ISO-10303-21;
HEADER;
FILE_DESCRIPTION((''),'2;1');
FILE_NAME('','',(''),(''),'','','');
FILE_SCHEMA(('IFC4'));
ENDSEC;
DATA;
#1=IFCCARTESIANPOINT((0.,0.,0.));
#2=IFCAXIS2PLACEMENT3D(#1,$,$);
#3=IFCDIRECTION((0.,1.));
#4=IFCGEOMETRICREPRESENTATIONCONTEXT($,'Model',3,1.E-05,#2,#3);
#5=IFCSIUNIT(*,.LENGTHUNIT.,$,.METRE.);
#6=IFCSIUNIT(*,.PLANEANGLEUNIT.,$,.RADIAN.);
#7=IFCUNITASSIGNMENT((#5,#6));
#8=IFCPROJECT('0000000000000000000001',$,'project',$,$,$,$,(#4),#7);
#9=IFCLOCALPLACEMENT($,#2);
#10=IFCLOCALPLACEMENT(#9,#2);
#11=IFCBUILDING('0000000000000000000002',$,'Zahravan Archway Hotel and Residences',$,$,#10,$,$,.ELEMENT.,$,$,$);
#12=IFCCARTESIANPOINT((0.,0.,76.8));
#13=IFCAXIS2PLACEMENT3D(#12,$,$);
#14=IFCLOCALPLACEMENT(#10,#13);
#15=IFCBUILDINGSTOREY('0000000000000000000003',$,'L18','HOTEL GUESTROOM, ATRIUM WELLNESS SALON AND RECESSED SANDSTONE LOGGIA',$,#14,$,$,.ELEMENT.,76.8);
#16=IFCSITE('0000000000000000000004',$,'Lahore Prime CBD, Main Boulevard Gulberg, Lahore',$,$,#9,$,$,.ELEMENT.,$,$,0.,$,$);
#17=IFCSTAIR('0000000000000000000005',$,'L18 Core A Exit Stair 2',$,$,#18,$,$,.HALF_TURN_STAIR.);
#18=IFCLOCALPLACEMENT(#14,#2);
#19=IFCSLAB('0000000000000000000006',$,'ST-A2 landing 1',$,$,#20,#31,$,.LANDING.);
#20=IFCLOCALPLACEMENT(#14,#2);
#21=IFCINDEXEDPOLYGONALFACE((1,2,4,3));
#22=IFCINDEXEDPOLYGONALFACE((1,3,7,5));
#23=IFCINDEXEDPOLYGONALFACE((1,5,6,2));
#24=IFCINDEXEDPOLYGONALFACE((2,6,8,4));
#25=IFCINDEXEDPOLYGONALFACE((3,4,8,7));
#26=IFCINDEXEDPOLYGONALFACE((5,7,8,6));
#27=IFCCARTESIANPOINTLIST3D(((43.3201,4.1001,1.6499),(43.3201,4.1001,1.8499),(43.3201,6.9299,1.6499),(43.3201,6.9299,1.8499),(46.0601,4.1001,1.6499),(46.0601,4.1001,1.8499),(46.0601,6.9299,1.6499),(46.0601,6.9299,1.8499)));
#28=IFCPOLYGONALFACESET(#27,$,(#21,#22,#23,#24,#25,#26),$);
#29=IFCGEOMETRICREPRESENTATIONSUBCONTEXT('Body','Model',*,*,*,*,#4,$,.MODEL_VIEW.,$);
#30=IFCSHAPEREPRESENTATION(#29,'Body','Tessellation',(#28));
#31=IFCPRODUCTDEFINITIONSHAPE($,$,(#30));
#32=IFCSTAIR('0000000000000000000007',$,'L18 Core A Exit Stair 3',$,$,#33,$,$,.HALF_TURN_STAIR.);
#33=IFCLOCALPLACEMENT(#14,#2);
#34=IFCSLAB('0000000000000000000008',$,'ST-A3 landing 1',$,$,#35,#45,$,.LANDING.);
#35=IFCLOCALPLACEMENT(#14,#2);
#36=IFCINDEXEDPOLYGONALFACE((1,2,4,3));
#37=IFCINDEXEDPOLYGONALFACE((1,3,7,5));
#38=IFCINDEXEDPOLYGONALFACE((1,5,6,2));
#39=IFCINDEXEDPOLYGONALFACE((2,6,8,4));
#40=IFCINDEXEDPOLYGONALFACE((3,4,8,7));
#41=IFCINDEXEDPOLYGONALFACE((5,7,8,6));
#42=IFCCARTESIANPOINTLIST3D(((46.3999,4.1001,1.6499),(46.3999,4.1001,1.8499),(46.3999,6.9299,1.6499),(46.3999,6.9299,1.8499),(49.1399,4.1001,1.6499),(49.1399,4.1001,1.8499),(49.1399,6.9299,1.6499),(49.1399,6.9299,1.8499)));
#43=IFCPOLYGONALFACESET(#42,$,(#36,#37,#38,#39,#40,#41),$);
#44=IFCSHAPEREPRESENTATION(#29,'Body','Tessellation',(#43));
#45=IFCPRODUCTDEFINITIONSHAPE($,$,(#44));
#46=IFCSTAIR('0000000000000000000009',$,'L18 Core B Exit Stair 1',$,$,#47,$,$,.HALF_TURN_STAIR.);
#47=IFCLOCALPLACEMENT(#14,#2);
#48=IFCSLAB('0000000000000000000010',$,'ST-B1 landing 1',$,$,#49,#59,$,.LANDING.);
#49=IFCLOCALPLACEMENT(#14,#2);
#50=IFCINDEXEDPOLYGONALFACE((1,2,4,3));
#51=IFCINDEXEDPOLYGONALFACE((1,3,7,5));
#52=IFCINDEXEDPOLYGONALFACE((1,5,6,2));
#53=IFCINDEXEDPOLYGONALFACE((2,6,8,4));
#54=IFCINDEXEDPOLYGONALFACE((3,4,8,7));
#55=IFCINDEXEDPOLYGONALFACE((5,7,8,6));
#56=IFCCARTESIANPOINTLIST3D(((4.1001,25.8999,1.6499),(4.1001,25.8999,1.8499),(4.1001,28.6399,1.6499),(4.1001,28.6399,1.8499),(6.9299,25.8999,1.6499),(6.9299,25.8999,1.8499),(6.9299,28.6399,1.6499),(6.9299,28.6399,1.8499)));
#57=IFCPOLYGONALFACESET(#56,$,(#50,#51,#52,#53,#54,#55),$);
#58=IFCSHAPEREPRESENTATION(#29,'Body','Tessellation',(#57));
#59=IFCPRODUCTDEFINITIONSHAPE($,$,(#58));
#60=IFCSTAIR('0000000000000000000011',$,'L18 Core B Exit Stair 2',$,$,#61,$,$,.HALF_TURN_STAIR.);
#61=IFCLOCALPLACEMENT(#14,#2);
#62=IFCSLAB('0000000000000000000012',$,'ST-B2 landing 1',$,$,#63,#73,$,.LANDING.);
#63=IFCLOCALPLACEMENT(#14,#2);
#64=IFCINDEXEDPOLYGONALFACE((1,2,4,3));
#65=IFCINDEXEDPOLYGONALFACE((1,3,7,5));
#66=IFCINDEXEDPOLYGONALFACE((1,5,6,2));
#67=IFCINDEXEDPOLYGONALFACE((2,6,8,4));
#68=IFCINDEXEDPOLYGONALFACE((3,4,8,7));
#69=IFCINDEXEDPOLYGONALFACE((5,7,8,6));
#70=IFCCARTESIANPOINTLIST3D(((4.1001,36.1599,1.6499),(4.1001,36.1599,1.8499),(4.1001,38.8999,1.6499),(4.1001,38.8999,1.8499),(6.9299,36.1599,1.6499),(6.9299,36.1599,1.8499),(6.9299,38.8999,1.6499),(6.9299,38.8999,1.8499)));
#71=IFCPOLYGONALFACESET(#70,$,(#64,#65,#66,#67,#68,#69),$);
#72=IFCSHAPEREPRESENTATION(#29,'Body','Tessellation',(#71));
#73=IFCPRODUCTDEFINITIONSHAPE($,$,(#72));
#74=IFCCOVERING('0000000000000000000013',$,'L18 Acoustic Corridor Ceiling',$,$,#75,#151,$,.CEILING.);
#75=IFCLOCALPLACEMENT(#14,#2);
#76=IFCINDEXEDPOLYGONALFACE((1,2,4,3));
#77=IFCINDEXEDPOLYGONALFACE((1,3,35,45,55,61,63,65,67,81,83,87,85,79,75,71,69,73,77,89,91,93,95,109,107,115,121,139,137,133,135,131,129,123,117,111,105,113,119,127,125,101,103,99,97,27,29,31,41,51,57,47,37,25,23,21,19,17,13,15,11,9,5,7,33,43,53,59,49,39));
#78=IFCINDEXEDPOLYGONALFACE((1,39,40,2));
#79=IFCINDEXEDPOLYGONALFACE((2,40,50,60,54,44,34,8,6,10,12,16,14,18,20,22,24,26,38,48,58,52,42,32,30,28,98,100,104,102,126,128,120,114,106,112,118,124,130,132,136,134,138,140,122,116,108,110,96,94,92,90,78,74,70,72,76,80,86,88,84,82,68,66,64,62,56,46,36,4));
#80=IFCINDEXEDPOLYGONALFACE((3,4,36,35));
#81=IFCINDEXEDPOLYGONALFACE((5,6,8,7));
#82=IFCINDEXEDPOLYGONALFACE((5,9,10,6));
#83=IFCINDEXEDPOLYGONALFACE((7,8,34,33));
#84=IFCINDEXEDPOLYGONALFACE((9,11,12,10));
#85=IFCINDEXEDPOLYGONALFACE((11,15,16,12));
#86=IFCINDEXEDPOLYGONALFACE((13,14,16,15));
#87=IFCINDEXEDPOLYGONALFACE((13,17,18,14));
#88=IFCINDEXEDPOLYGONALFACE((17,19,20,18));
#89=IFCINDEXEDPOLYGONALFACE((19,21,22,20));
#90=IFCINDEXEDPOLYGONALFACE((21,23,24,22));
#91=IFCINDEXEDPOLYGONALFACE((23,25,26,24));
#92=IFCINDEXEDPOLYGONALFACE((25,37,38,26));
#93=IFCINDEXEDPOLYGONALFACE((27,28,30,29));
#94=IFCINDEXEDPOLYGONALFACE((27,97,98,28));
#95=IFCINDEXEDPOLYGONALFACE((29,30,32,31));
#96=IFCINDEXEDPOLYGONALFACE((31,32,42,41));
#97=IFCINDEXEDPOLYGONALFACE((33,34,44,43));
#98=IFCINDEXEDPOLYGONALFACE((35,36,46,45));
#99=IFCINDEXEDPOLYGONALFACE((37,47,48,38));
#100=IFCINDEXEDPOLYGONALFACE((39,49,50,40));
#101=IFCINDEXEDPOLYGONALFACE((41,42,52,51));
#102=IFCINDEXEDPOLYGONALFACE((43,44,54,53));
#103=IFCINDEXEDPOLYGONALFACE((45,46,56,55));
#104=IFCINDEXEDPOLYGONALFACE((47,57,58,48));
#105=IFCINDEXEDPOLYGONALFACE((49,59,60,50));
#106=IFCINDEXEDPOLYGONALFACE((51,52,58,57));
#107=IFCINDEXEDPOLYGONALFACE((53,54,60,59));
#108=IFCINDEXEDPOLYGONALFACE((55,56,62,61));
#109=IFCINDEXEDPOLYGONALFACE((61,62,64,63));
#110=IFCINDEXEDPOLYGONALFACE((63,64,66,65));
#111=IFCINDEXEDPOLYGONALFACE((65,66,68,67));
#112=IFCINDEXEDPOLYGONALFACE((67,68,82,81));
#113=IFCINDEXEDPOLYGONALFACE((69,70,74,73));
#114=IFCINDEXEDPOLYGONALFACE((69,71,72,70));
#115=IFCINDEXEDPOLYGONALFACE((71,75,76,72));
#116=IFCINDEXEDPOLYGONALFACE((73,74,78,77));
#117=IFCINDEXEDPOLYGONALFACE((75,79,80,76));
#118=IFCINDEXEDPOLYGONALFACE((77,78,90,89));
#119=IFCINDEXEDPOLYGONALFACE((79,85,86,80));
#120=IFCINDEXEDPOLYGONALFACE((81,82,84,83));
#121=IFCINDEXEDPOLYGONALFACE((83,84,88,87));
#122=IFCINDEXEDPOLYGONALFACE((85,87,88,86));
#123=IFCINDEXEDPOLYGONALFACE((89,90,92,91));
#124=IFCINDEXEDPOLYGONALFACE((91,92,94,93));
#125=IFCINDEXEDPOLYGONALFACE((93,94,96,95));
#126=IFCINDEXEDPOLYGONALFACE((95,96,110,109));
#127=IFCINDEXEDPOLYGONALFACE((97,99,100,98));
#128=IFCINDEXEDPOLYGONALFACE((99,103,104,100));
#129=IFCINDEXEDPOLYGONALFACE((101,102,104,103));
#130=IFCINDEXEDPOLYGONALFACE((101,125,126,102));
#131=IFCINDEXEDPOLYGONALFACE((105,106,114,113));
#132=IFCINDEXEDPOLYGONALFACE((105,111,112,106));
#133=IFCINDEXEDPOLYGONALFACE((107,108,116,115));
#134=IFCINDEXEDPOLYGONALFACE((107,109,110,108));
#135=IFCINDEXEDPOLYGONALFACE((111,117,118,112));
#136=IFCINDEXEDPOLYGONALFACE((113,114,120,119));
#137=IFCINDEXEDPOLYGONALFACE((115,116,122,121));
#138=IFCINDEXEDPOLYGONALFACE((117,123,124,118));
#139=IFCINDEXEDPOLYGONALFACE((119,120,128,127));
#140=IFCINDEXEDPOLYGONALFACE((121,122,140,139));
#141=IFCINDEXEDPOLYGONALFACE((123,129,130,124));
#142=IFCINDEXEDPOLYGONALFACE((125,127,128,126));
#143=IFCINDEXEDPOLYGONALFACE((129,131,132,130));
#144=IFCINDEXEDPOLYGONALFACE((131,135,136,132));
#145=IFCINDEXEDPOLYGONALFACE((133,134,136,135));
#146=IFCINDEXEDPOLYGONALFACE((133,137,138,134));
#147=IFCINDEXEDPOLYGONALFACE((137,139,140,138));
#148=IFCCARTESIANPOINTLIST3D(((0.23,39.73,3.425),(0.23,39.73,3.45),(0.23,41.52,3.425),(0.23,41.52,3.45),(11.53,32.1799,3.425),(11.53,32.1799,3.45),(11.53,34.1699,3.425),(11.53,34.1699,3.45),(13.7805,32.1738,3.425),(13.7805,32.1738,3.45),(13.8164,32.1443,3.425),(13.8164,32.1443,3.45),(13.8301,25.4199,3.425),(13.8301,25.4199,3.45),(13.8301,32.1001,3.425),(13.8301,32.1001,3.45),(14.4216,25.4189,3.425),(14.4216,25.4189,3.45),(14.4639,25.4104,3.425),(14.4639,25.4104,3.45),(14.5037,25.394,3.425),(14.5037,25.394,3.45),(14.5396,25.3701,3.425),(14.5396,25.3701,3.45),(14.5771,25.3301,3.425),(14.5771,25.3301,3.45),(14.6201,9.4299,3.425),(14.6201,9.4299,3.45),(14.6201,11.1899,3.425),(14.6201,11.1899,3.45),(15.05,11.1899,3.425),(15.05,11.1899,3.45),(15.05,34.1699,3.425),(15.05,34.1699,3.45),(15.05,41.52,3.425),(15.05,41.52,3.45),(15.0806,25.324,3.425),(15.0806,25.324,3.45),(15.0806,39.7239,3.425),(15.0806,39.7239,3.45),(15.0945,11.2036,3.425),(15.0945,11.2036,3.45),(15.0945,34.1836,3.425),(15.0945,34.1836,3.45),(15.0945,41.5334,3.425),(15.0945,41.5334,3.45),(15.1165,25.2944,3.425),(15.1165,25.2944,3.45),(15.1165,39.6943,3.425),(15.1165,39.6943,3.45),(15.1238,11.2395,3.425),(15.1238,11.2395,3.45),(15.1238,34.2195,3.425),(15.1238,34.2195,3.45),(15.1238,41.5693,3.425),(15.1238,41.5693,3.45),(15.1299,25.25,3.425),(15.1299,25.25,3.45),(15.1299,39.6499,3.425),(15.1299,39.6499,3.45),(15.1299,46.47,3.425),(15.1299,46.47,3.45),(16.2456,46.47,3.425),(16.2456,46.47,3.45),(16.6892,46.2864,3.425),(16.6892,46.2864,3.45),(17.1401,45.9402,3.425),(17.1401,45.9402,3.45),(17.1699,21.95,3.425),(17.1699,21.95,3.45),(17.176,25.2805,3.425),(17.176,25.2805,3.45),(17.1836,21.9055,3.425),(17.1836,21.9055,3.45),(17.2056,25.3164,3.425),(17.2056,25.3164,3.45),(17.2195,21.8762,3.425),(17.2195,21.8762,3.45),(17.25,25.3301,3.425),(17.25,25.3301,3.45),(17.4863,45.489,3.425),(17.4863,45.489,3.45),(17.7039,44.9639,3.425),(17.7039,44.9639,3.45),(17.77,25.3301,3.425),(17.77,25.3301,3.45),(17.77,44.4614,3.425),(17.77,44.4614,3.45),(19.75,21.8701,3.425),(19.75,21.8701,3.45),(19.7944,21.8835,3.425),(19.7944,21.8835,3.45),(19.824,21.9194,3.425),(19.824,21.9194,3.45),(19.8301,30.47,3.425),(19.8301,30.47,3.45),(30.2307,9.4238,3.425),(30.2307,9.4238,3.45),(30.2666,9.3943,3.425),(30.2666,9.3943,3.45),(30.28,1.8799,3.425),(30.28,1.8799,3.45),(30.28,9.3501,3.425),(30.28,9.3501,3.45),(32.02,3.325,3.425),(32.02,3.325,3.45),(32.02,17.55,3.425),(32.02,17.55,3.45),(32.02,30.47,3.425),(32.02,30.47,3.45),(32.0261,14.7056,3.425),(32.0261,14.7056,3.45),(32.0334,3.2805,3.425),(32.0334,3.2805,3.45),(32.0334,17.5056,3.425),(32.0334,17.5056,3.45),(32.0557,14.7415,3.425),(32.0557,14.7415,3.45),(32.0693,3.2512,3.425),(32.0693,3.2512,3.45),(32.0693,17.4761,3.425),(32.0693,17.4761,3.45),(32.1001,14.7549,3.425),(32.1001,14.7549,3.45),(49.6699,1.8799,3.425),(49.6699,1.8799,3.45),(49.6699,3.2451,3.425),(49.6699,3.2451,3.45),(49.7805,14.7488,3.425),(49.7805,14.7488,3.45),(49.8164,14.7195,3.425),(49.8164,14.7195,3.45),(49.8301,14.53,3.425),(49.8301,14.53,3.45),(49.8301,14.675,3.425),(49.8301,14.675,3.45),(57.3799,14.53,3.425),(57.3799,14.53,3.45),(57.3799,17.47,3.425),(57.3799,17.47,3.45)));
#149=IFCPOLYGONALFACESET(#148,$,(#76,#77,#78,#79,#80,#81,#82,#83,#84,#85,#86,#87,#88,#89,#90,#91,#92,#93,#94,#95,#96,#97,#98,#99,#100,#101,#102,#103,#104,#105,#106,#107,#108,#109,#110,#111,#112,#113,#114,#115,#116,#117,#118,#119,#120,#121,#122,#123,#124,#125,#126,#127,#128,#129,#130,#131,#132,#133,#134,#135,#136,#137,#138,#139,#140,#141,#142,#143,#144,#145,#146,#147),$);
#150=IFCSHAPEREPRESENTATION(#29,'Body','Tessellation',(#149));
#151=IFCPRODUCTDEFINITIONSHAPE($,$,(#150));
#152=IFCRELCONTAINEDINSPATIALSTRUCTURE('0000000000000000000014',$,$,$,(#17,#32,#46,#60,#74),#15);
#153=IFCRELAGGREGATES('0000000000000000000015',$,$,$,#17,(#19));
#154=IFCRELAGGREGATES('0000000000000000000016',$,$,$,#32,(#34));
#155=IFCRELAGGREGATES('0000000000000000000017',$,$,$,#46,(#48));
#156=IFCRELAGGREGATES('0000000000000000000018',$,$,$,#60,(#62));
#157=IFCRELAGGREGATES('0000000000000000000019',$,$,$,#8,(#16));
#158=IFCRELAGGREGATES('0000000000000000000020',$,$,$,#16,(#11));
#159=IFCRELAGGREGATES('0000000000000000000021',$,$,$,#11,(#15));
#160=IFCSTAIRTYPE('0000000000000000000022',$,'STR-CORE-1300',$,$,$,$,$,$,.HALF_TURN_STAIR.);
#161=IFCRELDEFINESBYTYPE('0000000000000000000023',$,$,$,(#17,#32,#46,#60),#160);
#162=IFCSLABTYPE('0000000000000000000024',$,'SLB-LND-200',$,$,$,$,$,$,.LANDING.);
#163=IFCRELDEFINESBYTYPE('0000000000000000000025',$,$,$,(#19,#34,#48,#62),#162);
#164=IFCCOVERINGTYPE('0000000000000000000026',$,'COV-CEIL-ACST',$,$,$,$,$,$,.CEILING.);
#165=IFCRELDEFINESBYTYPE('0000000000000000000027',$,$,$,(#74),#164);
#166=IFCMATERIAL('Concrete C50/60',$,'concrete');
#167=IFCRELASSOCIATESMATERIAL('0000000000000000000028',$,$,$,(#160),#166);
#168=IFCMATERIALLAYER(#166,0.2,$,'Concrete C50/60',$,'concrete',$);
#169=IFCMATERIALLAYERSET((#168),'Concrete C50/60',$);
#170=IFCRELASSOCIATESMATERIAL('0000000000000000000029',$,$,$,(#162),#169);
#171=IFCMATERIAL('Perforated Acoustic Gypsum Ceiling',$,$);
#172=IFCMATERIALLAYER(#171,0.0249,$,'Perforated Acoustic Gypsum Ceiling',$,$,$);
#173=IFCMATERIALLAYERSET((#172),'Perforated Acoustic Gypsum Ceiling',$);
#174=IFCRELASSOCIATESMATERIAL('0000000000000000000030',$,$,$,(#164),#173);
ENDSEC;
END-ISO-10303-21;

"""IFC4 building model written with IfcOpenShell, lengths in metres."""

from ifc_helpers import new_model, si_unit, direction, frame, origin, place, context, subcontext, project, spatial, polyline, outline, extrude, material, layer, layer_set, type_object, element, aggregate, save


model = new_model("IFC4")

# Units and contexts
model_context = context("Model", 3, precision=1e-05, world=origin(), true_north=direction((0.0, 1.0)))
body_context = subcontext(model_context, "Body", "Model", "MODEL_VIEW")
ifc_project = project(units=[si_unit("LENGTHUNIT", "METRE"), si_unit("PLANEANGLEUNIT", "RADIAN")], contexts=[model_context])

# Site, building, storey
site_placement = place(None, origin())
site = spatial("IfcSite", under=ifc_project, at=site_placement, Name="Lahore Prime CBD, Main Boulevard Gulberg, Lahore", CompositionType="ELEMENT", RefElevation=0.0)
building_placement = place(site_placement, origin())
building = spatial("IfcBuilding", under=site, at=building_placement, Name="Zahravan Archway Hotel and Residences", CompositionType="ELEMENT")
storey_placement = place(building_placement, frame((0.0, 0.0, 76.8)))
storey = spatial("IfcBuildingStorey", under=building, at=storey_placement, Name="L18", Description="HOTEL GUESTROOM, ATRIUM WELLNESS SALON AND RECESSED SANDSTONE LOGGIA", CompositionType="ELEMENT", Elevation=76.8)

# Stairs, slabs
ifc_material_1 = material(Name="Concrete C50/60", Category="concrete")
stair_type = type_object("IfcStairType", Name="STR-CORE-1300", PredefinedType="HALF_TURN_STAIR", material=ifc_material_1)
ifc_layer_1 = layer(ifc_material_1, 0.2, Name="Concrete C50/60", Category="concrete")
ifc_layer_set_1 = layer_set([ifc_layer_1], Name="Concrete C50/60")
slab_type_1 = type_object("IfcSlabType", Name="SLB-LND-200", PredefinedType="LANDING", material=ifc_layer_set_1)
stair_1_placement = place(storey_placement, origin())
stair_1 = element("IfcStair", 1, at=stair_1_placement, inside=storey, type_object=stair_type, Name="L18 Core A Exit Stair 2", PredefinedType="HALF_TURN_STAIR")
slab_1_placement = place(storey_placement, frame((0.0, 0.0, 1.6499)))
slab_1 = element("IfcSlab", 2, at=slab_1_placement, type_object=slab_type_1, Name="ST-A2 landing 1", PredefinedType="LANDING", context=body_context, shape_type="SweptSolid", body=[
    extrude(outline(polyline([(43.3201, 6.9299), (43.3201, 4.1001), (46.0601, 4.1001), (46.0601, 6.9299), (43.3201, 6.9299)])), origin(), (0.0, 0.0, 1.0), 0.2),
])
aggregate(stair_1, [slab_1])
stair_2_placement = place(storey_placement, origin())
stair_2 = element("IfcStair", 3, at=stair_2_placement, inside=storey, type_object=stair_type, Name="L18 Core A Exit Stair 3", PredefinedType="HALF_TURN_STAIR")
slab_2_placement = place(storey_placement, frame((0.0, 0.0, 1.6499)))
slab_2 = element("IfcSlab", 4, at=slab_2_placement, type_object=slab_type_1, Name="ST-A3 landing 1", PredefinedType="LANDING", context=body_context, shape_type="SweptSolid", body=[
    extrude(outline(polyline([(46.3999, 6.9299), (46.3999, 4.1001), (49.1399, 4.1001), (49.1399, 6.9299), (46.3999, 6.9299)])), origin(), (0.0, 0.0, 1.0), 0.2),
])
aggregate(stair_2, [slab_2])
stair_3_placement = place(storey_placement, origin())
stair_3 = element("IfcStair", 5, at=stair_3_placement, inside=storey, type_object=stair_type, Name="L18 Core B Exit Stair 1", PredefinedType="HALF_TURN_STAIR")
slab_3_placement = place(storey_placement, frame((0.0, 0.0, 1.6499)))
slab_3 = element("IfcSlab", 6, at=slab_3_placement, type_object=slab_type_1, Name="ST-B1 landing 1", PredefinedType="LANDING", context=body_context, shape_type="SweptSolid", body=[
    extrude(outline(polyline([(6.9299, 28.6399), (4.1001, 28.6399), (4.1001, 25.8999), (6.9299, 25.8999), (6.9299, 28.6399)])), origin(), (0.0, 0.0, 1.0), 0.2),
])
aggregate(stair_3, [slab_3])
stair_4_placement = place(storey_placement, origin())
stair_4 = element("IfcStair", 7, at=stair_4_placement, inside=storey, type_object=stair_type, Name="L18 Core B Exit Stair 2", PredefinedType="HALF_TURN_STAIR")
slab_4_placement = place(storey_placement, frame((0.0, 0.0, 1.6499)))
slab_4 = element("IfcSlab", 8, at=slab_4_placement, type_object=slab_type_1, Name="ST-B2 landing 1", PredefinedType="LANDING", context=body_context, shape_type="SweptSolid", body=[
    extrude(outline(polyline([(6.9299, 38.8999), (4.1001, 38.8999), (4.1001, 36.1599), (6.9299, 36.1599), (6.9299, 38.8999)])), origin(), (0.0, 0.0, 1.0), 0.2),
])
aggregate(stair_4, [slab_4])

# Covering
ifc_material_2 = material(Name="Perforated Acoustic Gypsum Ceiling")
ifc_layer_2 = layer(ifc_material_2, 0.0249, Name="Perforated Acoustic Gypsum Ceiling")
ifc_layer_set_2 = layer_set([ifc_layer_2], Name="Perforated Acoustic Gypsum Ceiling")
covering_type_1 = type_object("IfcCoveringType", Name="COV-CEIL-ACST", PredefinedType="CEILING", material=ifc_layer_set_2)
covering_1_placement = place(storey_placement, frame((0.0, 0.0, 3.425)))
element("IfcCovering", 9, at=covering_1_placement, inside=storey, type_object=covering_type_1, Name="L18 Acoustic Corridor Ceiling", PredefinedType="CEILING", context=body_context, shape_type="SweptSolid", body=[
    extrude(outline(polyline([(30.28, 1.8799), (30.28, 9.3501), (30.2666, 9.3943), (30.2307, 9.4238), (14.6201, 9.4299), (14.6201, 11.1899), (15.05, 11.1899), (15.0945, 11.2036), (15.1238, 11.2395), (15.1299, 25.25), (15.1165, 25.2944), (15.0806, 25.324), (14.5771, 25.3301), (14.5396, 25.3701), (14.5037, 25.394), (14.4639, 25.4104), (14.4216, 25.4189), (13.8301, 25.4199), (13.8301, 32.1001), (13.8164, 32.1443), (13.7805, 32.1738), (11.53, 32.1799), (11.53, 34.1699), (15.05, 34.1699), (15.0945, 34.1836), (15.1238, 34.2195), (15.1299, 39.6499), (15.1165, 39.6943), (15.0806, 39.7239), (0.23, 39.73), (0.23, 41.52), (15.05, 41.52), (15.0945, 41.5334), (15.1238, 41.5693), (15.1299, 46.47), (16.2456, 46.47), (16.6892, 46.2864), (17.1401, 45.9402), (17.4863, 45.489), (17.7039, 44.9639), (17.77, 44.4614), (17.77, 25.3301), (17.25, 25.3301), (17.2056, 25.3164), (17.176, 25.2805), (17.1699, 21.95), (17.1836, 21.9055), (17.2195, 21.8762), (19.75, 21.8701), (19.7944, 21.8835), (19.824, 21.9194), (19.8301, 30.47), (32.02, 30.47), (32.02, 17.55), (32.0334, 17.5056), (32.0693, 17.4761), (57.3799, 17.47), (57.3799, 14.53), (49.8301, 14.53), (49.8301, 14.675), (49.8164, 14.7195), (49.7805, 14.7488), (32.1001, 14.7549), (32.0557, 14.7415), (32.0261, 14.7056), (32.02, 3.325), (32.0334, 3.2805), (32.0693, 3.2512), (49.6699, 3.2451), (49.6699, 1.8799), (30.28, 1.8799)])), origin(), (0.0, 0.0, 1.0), 0.0249),
])

save(model, "model.ifc")
